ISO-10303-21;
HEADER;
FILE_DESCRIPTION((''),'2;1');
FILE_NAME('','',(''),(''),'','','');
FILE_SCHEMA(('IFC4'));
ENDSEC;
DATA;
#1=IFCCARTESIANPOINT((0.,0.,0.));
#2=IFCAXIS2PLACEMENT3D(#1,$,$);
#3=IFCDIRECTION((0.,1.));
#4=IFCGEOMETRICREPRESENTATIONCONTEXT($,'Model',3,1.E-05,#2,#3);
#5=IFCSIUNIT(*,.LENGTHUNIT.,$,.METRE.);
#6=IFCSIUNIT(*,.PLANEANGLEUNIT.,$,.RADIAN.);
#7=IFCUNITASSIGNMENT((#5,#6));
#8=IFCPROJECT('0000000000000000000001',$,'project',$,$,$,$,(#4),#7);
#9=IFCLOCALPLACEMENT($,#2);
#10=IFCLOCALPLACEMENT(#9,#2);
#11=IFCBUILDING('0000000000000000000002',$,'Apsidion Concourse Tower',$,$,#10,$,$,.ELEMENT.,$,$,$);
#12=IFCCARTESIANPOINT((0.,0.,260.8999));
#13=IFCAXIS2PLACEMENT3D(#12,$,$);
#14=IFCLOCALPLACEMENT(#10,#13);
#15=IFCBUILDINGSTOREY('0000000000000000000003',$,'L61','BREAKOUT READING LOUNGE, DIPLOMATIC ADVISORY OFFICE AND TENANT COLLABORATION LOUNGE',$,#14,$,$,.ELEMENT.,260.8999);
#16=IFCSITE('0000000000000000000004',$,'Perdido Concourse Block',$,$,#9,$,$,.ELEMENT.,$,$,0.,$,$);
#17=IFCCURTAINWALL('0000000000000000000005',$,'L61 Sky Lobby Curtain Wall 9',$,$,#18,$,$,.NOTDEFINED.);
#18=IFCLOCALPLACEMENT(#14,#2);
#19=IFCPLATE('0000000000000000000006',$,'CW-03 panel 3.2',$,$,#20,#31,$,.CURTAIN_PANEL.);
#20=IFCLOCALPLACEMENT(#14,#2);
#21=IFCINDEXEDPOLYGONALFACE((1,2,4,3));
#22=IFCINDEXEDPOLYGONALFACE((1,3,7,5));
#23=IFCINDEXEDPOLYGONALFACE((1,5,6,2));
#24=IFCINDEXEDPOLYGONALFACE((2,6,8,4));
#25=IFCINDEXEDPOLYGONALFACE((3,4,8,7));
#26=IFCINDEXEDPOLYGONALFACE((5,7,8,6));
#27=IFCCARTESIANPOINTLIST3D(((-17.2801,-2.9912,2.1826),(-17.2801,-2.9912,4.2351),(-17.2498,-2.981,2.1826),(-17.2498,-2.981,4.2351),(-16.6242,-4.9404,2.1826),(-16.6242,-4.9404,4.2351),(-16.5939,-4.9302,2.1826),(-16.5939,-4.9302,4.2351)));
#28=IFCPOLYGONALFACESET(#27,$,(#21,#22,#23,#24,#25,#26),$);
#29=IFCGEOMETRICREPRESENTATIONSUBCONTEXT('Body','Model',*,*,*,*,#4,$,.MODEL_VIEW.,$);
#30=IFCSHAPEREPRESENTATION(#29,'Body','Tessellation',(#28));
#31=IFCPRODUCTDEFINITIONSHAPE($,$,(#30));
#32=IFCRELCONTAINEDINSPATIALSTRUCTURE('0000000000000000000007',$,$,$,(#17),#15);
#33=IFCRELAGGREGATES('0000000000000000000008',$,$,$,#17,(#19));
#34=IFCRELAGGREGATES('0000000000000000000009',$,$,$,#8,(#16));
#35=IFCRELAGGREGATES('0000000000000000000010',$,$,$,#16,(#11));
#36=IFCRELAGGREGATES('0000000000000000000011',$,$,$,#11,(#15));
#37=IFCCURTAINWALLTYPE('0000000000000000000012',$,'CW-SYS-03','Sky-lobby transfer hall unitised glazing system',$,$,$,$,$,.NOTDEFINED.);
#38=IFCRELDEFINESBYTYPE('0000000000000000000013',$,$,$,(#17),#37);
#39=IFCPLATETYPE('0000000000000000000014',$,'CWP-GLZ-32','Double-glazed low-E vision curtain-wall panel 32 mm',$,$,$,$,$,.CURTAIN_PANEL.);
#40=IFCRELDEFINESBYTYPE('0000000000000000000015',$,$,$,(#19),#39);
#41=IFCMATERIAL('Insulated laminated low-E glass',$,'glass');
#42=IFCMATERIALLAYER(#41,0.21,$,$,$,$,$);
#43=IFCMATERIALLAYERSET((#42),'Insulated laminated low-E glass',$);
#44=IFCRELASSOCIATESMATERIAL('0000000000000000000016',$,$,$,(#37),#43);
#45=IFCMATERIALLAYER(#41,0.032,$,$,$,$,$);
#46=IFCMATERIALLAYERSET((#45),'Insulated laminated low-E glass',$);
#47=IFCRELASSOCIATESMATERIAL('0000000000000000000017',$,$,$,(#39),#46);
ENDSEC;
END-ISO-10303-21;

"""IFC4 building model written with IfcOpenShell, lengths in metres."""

from ifc_helpers import new_model, si_unit, direction, frame, origin, origin_2d, place, context, subcontext, project, spatial, rectangle, extrude, material, layer, layer_set, type_object, element, aggregate, save


model = new_model("IFC4")

# Units and contexts
model_context = context("Model", 3, precision=1e-05, world=origin(), true_north=direction((0.0, 1.0)))
body_context = subcontext(model_context, "Body", "Model", "MODEL_VIEW")
ifc_project = project(units=[si_unit("LENGTHUNIT", "METRE"), si_unit("PLANEANGLEUNIT", "RADIAN")], contexts=[model_context])

# Site, building, storey
site_placement = place(None, origin())
site = spatial("IfcSite", under=ifc_project, at=site_placement, Name="Perdido Concourse Block", CompositionType="ELEMENT", RefElevation=0.0)
building_placement = place(site_placement, origin())
building = spatial("IfcBuilding", under=site, at=building_placement, Name="Apsidion Concourse Tower", CompositionType="ELEMENT")
storey_placement = place(building_placement, frame((0.0, 0.0, 260.8999)))
storey = spatial("IfcBuildingStorey", under=building, at=storey_placement, Name="L61", Description="BREAKOUT READING LOUNGE, DIPLOMATIC ADVISORY OFFICE AND TENANT COLLABORATION LOUNGE", CompositionType="ELEMENT", Elevation=260.8999)

# Curtain wall, plate
ifc_material_1 = material(Name="Insulated laminated low-E glass", Category="glass")
ifc_layer_1 = layer(ifc_material_1, 0.21)
ifc_layer_set_1 = layer_set([ifc_layer_1], Name="Insulated laminated low-E glass")
curtain_wall_type = type_object("IfcCurtainWallType", Name="CW-SYS-03", Description="Sky-lobby transfer hall unitised glazing system", PredefinedType="NOTDEFINED", material=ifc_layer_set_1)
curtain_wall_placement = place(storey_placement, origin())
curtain_wall = element("IfcCurtainWall", 1, at=curtain_wall_placement, inside=storey, type_object=curtain_wall_type, Name="L61 Sky Lobby Curtain Wall 9", PredefinedType="NOTDEFINED")
ifc_layer_2 = layer(ifc_material_1, 0.032)
ifc_layer_set_2 = layer_set([ifc_layer_2], Name="Insulated laminated low-E glass")
plate_type = type_object("IfcPlateType", Name="CWP-GLZ-32", Description="Double-glazed low-E vision curtain-wall panel 32 mm", PredefinedType="CURTAIN_PANEL", material=ifc_layer_set_2)
plate_1_placement = place(storey_placement, frame((-16.937, -3.9607, 2.1826), z_axis=(0.0, 0.0, 1.0), x_axis=(-0.318891, 0.947791, 0.0)))
plate_1 = element("IfcPlate", 2, at=plate_1_placement, type_object=plate_type, Name="CW-03 panel 3.2", PredefinedType="CURTAIN_PANEL", context=body_context, shape_type="SweptSolid", body=[
    extrude(rectangle(XDim=2.0566, YDim=0.032, at=origin_2d()), origin(), (0.0, 0.0, 1.0), 2.0525),
])
aggregate(curtain_wall, [plate_1])

save(model, "model.ifc")
